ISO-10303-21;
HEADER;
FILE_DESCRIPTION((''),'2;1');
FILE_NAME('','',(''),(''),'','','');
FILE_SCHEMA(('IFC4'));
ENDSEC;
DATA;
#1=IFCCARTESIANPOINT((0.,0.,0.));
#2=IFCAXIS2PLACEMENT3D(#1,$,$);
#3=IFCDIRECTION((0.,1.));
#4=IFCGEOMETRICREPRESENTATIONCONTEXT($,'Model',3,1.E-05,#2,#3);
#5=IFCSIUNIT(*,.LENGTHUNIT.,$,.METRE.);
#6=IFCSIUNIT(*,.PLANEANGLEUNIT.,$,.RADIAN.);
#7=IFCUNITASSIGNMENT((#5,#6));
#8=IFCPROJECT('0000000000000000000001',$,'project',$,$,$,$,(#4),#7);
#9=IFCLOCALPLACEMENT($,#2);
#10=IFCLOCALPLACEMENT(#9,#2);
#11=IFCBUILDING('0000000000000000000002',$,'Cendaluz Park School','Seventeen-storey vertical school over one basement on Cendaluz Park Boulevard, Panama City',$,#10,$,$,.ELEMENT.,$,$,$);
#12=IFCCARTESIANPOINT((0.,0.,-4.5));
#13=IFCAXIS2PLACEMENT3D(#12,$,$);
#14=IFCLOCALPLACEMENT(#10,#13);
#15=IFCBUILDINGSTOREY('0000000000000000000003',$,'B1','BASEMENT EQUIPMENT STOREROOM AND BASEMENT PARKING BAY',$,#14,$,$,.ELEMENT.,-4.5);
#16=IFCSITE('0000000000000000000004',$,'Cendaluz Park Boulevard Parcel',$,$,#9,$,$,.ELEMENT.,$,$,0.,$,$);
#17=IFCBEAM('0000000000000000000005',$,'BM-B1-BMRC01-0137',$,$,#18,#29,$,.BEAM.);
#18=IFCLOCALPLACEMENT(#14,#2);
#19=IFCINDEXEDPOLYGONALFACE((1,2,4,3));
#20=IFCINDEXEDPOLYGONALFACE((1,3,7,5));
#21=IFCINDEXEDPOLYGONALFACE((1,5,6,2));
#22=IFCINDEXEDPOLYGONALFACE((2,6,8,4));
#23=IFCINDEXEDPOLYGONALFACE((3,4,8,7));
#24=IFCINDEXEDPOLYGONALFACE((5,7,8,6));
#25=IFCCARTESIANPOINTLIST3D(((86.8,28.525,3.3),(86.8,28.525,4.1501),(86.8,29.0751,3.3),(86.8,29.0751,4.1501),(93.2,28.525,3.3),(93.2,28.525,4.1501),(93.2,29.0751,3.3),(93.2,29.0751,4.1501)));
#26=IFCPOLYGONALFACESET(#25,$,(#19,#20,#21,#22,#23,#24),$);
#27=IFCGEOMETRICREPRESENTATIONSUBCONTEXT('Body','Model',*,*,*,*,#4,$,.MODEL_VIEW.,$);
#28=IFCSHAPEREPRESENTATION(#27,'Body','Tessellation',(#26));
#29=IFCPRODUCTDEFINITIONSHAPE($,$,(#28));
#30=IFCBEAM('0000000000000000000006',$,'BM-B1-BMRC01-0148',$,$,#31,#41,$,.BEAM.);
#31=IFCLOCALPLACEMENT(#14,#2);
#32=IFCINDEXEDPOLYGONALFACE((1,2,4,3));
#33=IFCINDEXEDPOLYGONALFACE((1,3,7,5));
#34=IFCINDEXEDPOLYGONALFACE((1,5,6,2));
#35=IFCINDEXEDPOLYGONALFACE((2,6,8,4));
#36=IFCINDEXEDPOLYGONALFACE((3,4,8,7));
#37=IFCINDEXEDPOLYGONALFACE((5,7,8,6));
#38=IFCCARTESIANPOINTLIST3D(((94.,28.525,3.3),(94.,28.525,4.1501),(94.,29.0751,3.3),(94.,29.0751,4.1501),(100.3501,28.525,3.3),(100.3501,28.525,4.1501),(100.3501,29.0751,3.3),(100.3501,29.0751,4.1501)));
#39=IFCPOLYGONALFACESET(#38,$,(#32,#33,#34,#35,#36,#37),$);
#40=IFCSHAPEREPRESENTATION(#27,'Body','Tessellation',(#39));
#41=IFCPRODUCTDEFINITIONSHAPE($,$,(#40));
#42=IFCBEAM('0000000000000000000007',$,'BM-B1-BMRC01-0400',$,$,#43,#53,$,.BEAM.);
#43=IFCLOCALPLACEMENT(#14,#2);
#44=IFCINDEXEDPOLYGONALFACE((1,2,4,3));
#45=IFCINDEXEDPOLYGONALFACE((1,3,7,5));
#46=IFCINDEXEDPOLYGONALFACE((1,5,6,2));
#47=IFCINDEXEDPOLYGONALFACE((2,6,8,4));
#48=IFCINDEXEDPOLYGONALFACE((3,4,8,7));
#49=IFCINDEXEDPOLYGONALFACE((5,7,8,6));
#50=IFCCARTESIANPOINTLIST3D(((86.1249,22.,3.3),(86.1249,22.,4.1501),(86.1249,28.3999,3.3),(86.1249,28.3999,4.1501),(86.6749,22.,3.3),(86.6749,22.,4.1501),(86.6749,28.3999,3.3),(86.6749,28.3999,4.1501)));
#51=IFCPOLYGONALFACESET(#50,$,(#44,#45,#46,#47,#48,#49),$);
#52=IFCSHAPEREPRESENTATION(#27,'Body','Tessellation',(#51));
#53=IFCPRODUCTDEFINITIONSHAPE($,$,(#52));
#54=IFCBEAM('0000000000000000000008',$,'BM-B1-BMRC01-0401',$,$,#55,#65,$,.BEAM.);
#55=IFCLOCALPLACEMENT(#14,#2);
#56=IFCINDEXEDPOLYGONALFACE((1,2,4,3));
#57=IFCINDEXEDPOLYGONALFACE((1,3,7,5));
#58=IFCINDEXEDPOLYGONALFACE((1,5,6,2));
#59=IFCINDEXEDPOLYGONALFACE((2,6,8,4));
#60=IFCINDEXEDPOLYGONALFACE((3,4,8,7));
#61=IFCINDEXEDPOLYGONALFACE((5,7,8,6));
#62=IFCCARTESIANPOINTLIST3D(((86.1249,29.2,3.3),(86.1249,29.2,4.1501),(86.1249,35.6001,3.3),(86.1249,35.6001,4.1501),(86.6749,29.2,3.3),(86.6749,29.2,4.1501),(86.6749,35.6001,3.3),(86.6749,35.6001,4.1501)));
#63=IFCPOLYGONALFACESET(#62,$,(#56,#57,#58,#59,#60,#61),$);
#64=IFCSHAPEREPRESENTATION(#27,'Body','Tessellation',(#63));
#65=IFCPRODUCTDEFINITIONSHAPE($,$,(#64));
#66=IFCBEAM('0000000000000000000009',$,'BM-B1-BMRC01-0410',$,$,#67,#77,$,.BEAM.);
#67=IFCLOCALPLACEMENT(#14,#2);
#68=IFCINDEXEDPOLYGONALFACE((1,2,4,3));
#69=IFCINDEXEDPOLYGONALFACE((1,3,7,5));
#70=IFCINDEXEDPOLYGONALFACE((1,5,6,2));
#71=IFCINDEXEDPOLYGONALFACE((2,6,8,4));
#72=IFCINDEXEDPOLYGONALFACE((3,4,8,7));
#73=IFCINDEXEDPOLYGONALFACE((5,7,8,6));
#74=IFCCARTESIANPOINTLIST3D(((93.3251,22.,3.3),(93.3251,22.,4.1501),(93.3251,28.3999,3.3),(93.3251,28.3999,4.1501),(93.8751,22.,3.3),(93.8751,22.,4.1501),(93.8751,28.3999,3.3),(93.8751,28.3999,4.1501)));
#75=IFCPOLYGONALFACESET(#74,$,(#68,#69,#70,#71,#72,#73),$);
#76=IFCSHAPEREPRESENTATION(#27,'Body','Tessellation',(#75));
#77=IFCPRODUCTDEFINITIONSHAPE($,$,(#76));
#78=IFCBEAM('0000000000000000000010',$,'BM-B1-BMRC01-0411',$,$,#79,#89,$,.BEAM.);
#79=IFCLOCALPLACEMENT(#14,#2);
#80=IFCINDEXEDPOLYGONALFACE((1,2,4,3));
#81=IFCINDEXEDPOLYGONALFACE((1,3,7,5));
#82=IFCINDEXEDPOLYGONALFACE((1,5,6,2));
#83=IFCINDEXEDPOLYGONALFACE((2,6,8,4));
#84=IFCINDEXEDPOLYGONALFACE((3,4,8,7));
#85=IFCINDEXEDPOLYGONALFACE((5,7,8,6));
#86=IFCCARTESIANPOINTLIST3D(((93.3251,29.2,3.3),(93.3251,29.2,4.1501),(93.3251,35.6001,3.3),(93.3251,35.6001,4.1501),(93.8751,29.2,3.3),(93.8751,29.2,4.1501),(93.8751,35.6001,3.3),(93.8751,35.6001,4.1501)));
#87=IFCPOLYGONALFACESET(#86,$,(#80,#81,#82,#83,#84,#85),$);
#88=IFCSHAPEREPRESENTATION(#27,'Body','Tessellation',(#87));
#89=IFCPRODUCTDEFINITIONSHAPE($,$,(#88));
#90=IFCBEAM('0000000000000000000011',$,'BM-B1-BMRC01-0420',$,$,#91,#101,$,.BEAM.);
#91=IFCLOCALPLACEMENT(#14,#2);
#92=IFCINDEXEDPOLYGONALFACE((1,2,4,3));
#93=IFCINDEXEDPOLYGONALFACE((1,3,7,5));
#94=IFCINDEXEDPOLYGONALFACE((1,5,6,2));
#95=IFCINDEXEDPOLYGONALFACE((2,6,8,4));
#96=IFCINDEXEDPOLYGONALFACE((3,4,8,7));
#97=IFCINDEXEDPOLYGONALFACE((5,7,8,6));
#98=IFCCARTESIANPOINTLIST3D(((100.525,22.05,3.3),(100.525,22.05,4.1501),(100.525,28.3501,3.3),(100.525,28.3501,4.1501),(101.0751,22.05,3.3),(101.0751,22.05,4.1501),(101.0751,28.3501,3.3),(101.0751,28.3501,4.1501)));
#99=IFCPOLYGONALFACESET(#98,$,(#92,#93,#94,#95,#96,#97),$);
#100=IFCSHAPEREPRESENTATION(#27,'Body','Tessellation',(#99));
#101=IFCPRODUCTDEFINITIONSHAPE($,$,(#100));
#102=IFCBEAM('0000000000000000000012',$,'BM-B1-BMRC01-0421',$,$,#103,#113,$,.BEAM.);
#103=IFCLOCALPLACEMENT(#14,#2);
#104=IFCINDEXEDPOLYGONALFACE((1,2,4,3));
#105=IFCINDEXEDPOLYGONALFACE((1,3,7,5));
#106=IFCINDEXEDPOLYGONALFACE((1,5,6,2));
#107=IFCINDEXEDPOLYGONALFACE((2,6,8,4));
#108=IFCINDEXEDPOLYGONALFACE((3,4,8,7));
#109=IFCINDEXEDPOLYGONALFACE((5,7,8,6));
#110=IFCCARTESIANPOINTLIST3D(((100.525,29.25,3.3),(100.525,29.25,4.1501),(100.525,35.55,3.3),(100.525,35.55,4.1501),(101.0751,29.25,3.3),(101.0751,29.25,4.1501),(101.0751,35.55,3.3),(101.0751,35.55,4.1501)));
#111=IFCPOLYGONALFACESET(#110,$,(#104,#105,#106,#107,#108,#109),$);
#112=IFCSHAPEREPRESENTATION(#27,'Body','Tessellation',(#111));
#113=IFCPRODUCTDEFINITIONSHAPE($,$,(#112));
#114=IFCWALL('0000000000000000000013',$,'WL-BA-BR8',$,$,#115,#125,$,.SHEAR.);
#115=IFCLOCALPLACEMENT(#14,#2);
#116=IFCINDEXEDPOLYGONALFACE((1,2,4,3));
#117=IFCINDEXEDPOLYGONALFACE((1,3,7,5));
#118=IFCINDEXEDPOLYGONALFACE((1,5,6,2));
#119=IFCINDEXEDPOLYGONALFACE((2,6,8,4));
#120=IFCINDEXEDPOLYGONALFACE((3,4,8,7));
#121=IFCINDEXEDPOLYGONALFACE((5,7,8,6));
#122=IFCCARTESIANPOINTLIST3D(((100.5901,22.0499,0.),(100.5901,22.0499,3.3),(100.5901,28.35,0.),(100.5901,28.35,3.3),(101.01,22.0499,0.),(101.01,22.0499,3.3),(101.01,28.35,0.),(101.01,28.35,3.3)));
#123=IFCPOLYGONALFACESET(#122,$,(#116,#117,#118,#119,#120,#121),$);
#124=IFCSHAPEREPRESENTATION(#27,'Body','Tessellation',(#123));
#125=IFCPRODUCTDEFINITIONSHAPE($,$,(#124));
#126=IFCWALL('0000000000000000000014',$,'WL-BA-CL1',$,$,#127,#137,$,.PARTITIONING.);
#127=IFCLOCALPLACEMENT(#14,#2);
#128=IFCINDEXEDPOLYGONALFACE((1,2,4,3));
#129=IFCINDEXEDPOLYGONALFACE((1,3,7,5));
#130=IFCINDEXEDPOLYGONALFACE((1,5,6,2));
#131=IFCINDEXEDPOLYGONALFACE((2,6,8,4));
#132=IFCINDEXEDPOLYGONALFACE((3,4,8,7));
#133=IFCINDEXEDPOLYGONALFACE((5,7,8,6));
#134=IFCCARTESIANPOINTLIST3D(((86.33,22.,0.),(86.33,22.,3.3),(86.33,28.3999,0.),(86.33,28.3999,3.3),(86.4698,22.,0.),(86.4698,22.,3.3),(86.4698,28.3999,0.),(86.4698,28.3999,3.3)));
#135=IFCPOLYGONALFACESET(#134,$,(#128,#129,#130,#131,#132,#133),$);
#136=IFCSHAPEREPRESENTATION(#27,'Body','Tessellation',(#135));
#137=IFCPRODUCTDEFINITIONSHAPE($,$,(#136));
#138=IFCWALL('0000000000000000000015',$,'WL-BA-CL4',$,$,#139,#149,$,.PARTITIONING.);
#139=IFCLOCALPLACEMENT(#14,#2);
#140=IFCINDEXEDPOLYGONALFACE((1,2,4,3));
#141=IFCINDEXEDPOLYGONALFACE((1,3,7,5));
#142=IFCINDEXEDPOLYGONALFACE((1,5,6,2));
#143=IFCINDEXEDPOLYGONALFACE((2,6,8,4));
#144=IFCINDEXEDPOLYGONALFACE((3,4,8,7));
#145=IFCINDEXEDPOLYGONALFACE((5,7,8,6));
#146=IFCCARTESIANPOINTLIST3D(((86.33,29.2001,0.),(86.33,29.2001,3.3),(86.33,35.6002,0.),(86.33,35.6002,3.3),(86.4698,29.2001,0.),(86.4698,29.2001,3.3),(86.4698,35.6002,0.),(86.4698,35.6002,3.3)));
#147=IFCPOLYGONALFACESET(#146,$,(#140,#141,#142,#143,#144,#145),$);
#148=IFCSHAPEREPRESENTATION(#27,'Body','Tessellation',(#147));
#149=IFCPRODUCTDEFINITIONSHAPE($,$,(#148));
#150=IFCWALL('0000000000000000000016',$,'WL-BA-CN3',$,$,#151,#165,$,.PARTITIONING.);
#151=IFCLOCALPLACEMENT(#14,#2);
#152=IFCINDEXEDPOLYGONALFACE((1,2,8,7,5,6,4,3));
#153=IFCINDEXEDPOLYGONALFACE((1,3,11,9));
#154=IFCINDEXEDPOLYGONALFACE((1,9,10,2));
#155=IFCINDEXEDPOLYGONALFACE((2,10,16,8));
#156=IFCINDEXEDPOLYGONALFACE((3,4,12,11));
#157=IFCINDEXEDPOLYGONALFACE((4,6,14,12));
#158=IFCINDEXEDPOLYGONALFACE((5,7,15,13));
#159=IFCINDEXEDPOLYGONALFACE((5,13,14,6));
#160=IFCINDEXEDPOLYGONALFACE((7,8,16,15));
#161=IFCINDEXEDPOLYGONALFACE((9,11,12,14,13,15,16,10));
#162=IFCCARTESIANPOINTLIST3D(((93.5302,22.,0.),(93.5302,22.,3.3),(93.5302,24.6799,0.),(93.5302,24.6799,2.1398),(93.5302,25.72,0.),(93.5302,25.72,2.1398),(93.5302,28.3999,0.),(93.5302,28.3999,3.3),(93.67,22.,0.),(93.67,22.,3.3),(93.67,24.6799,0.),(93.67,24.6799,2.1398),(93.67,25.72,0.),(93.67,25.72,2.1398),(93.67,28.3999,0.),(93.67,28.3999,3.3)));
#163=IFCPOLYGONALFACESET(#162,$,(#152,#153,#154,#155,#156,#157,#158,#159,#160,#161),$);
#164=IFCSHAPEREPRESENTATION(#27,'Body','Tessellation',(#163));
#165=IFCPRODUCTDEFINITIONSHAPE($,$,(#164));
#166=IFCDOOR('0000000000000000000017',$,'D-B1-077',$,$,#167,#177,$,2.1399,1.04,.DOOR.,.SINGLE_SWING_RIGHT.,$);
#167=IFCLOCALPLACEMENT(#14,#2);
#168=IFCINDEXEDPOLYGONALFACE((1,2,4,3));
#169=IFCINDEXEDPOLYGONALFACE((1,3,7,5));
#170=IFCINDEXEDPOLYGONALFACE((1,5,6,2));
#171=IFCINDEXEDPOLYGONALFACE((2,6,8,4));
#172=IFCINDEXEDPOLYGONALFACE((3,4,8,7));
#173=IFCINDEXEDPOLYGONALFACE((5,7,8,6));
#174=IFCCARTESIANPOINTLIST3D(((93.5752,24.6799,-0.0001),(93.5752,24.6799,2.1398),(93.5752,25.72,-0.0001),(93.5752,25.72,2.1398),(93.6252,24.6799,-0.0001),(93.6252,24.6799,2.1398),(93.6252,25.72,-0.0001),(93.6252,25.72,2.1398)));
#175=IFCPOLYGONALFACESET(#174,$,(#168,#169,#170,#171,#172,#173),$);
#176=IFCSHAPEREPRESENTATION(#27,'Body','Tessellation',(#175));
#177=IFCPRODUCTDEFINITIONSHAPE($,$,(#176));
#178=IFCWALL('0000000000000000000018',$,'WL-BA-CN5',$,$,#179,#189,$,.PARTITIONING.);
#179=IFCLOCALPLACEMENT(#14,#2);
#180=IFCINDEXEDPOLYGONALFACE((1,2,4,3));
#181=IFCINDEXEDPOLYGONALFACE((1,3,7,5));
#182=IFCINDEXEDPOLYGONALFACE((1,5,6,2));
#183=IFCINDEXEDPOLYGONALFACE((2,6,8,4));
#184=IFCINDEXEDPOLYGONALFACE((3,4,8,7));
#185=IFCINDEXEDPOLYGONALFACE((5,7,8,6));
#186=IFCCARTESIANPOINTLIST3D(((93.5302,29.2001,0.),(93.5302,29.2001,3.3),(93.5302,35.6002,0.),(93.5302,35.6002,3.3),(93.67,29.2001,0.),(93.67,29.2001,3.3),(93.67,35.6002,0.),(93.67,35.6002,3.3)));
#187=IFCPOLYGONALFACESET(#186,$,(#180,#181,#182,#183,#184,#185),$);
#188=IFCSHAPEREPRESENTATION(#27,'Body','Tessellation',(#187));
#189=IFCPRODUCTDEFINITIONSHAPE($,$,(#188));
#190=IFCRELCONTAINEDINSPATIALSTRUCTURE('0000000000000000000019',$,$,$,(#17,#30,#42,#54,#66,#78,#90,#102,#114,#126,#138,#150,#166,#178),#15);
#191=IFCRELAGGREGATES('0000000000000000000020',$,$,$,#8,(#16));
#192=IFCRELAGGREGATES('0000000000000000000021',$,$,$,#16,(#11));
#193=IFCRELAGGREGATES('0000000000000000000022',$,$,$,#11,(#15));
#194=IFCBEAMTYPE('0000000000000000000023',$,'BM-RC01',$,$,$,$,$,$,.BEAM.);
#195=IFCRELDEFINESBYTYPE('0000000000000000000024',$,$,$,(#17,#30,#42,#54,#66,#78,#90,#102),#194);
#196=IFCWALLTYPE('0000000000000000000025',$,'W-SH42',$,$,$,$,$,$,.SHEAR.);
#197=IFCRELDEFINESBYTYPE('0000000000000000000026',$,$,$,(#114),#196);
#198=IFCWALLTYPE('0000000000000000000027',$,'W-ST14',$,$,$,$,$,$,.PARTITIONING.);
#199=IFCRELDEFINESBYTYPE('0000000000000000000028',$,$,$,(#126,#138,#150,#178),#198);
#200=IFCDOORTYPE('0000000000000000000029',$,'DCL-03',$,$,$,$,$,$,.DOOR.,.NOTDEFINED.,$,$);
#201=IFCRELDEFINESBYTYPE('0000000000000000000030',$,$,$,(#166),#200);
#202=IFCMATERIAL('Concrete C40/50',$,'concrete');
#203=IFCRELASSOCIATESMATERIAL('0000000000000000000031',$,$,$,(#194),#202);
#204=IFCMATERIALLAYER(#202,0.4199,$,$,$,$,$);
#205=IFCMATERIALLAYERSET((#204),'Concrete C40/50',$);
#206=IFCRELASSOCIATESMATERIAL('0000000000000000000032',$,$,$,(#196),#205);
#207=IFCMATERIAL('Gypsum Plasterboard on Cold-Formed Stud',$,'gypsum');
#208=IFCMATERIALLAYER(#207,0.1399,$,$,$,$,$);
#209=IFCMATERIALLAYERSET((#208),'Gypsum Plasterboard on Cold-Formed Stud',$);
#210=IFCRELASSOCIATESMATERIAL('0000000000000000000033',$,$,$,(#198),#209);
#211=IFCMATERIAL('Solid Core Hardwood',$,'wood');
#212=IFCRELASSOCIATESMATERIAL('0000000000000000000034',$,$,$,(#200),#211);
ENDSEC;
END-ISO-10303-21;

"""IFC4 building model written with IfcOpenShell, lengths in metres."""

from ifc_helpers import new_model, si_unit, direction, frame, frame_2d, origin, origin_2d, place, context, subcontext, project, spatial, rectangle, extrude, material, layer, layer_set, material_profile, profile_set, type_object, element, fill, save


model = new_model("IFC4")

# Units and contexts
model_context = context("Model", 3, precision=1e-05, world=origin(), true_north=direction((0.0, 1.0)))
body_context = subcontext(model_context, "Body", "Model", "MODEL_VIEW")
ifc_project = project(units=[si_unit("LENGTHUNIT", "METRE"), si_unit("PLANEANGLEUNIT", "RADIAN")], contexts=[model_context])

# Site, building, storey
site_placement = place(None, origin())
site = spatial("IfcSite", under=ifc_project, at=site_placement, Name="Cendaluz Park Boulevard Parcel", CompositionType="ELEMENT", RefElevation=0.0)
building_placement = place(site_placement, origin())
building = spatial("IfcBuilding", under=site, at=building_placement, Name="Cendaluz Park School", Description="Seventeen-storey vertical school over one basement on Cendaluz Park Boulevard, Panama City", CompositionType="ELEMENT")
storey_placement = place(building_placement, frame((0.0, 0.0, -4.5)))
storey = spatial("IfcBuildingStorey", under=building, at=storey_placement, Name="B1", Description="BASEMENT EQUIPMENT STOREROOM AND BASEMENT PARKING BAY", CompositionType="ELEMENT", Elevation=-4.5)

# Shared definitions
ifc_material_1 = material(Name="Concrete C40/50", Category="concrete")

# Beams
ifc_material_profile_1 = material_profile(ifc_material_1, rectangle(XDim=0.55, YDim=0.8501, at=origin_2d()), Name="RC 550x850", Category="concrete")
ifc_profile_set_1 = profile_set([ifc_material_profile_1], Name="Concrete C40/50")
beam_type = type_object("IfcBeamType", Name="BM-RC01", PredefinedType="BEAM", material=ifc_profile_set_1)
beam_1_placement = place(storey_placement, frame((86.8, 28.8, 3.7251), z_axis=(1.0, 0.0, 0.0), x_axis=(0.0, 1.0, 0.0)))
element("IfcBeam", 1, at=beam_1_placement, inside=storey, type_object=beam_type, Name="BM-B1-BMRC01-0137", PredefinedType="BEAM", context=body_context, shape_type="SweptSolid", body=[
    extrude(rectangle(XDim=0.55, YDim=0.8501, at=origin_2d()), origin(), (0.0, 0.0, 1.0), 6.3999),
])
beam_2_placement = place(storey_placement, frame((94.0, 28.8, 3.7251), z_axis=(1.0, 0.0, 0.0), x_axis=(0.0, 1.0, 0.0)))
element("IfcBeam", 2, at=beam_2_placement, inside=storey, type_object=beam_type, Name="BM-B1-BMRC01-0148", PredefinedType="BEAM", context=body_context, shape_type="SweptSolid", body=[
    extrude(rectangle(XDim=0.55, YDim=0.8501, at=origin_2d()), origin(), (0.0, 0.0, 1.0), 6.3501),
])
beam_3_placement = place(storey_placement, frame((86.3999, 22.0, 3.7251), z_axis=(0.0, 1.0, 0.0), x_axis=(-1.0, 0.0, 0.0)))
element("IfcBeam", 3, at=beam_3_placement, inside=storey, type_object=beam_type, Name="BM-B1-BMRC01-0400", PredefinedType="BEAM", context=body_context, shape_type="SweptSolid", body=[
    extrude(rectangle(XDim=0.55, YDim=0.8501, at=origin_2d()), origin(), (0.0, 0.0, 1.0), 6.3999),
])
beam_4_placement = place(storey_placement, frame((86.3999, 29.2, 3.7251), z_axis=(0.0, 1.0, 0.0), x_axis=(-1.0, 0.0, 0.0)))
element("IfcBeam", 4, at=beam_4_placement, inside=storey, type_object=beam_type, Name="BM-B1-BMRC01-0401", PredefinedType="BEAM", context=body_context, shape_type="SweptSolid", body=[
    extrude(rectangle(XDim=0.55, YDim=0.8501, at=origin_2d()), origin(), (0.0, 0.0, 1.0), 6.4001),
])
beam_5_placement = place(storey_placement, frame((93.6001, 22.0, 3.7251), z_axis=(0.0, 1.0, 0.0), x_axis=(-1.0, 0.0, 0.0)))
element("IfcBeam", 5, at=beam_5_placement, inside=storey, type_object=beam_type, Name="BM-B1-BMRC01-0410", PredefinedType="BEAM", context=body_context, shape_type="SweptSolid", body=[
    extrude(rectangle(XDim=0.55, YDim=0.8501, at=origin_2d()), origin(), (0.0, 0.0, 1.0), 6.3999),
])
beam_6_placement = place(storey_placement, frame((93.6001, 29.2, 3.7251), z_axis=(0.0, 1.0, 0.0), x_axis=(-1.0, 0.0, 0.0)))
element("IfcBeam", 6, at=beam_6_placement, inside=storey, type_object=beam_type, Name="BM-B1-BMRC01-0411", PredefinedType="BEAM", context=body_context, shape_type="SweptSolid", body=[
    extrude(rectangle(XDim=0.55, YDim=0.8501, at=origin_2d()), origin(), (0.0, 0.0, 1.0), 6.4001),
])
for number, where, z_axis, x_axis, name in (
    (7, (100.8, 22.05, 3.7251), (0.0, 1.0, 0.0), (-1.0, 0.0, 0.0), "BM-B1-BMRC01-0420"),
    (8, (100.8, 29.25, 3.7251), (0.0, 1.0, 0.0), (-1.0, 0.0, 0.0), "BM-B1-BMRC01-0421"),
):
    element("IfcBeam", number, at=place(storey_placement, frame(where, z_axis=z_axis, x_axis=x_axis)), inside=storey, type_object=beam_type, Name=name, PredefinedType="BEAM", context=body_context, shape_type="SweptSolid", body=[
        extrude(rectangle(XDim=0.55, YDim=0.8501, at=origin_2d()), origin(), (0.0, 0.0, 1.0), 6.3),
    ])

# Walls
ifc_layer_1 = layer(ifc_material_1, 0.4199)
ifc_layer_set_1 = layer_set([ifc_layer_1], Name="Concrete C40/50")
wall_type_1 = type_object("IfcWallType", Name="W-SH42", PredefinedType="SHEAR", material=ifc_layer_set_1)
wall_1_placement = place(storey_placement, frame((100.8, 22.05, 0.0), z_axis=(0.0, 0.0, 1.0), x_axis=(0.0, 1.0, 0.0)))
element("IfcWall", 9, at=wall_1_placement, inside=storey, type_object=wall_type_1, Name="WL-BA-BR8", PredefinedType="SHEAR", context=body_context, shape_type="SweptSolid", body=[
    extrude(rectangle(XDim=6.3, YDim=0.4199, at=frame_2d((3.1499, 0.0))), origin(), (0.0, 0.0, 1.0), 3.3),
])
ifc_material_2 = material(Name="Gypsum Plasterboard on Cold-Formed Stud", Category="gypsum")
ifc_layer_2 = layer(ifc_material_2, 0.1399)
ifc_layer_set_2 = layer_set([ifc_layer_2], Name="Gypsum Plasterboard on Cold-Formed Stud")
wall_type_2 = type_object("IfcWallType", Name="W-ST14", PredefinedType="PARTITIONING", material=ifc_layer_set_2)
wall_2_placement = place(storey_placement, frame((86.3999, 22.0, 0.0), z_axis=(0.0, 0.0, 1.0), x_axis=(0.0, 1.0, 0.0)))
element("IfcWall", 10, at=wall_2_placement, inside=storey, type_object=wall_type_2, Name="WL-BA-CL1", PredefinedType="PARTITIONING", context=body_context, shape_type="SweptSolid", body=[
    extrude(rectangle(XDim=6.3999, YDim=0.1399, at=frame_2d((3.2, 0.0))), origin(), (0.0, 0.0, 1.0), 3.3),
])
wall_3_placement = place(storey_placement, frame((86.3999, 29.2, 0.0), z_axis=(0.0, 0.0, 1.0), x_axis=(0.0, 1.0, 0.0)))
element("IfcWall", 11, at=wall_3_placement, inside=storey, type_object=wall_type_2, Name="WL-BA-CL4", PredefinedType="PARTITIONING", context=body_context, shape_type="SweptSolid", body=[
    extrude(rectangle(XDim=6.4001, YDim=0.1399, at=frame_2d((3.2002, 0.0))), origin(), (0.0, 0.0, 1.0), 3.3),
])

# Wall, opening, door
wall_4_placement = place(storey_placement, frame((93.6001, 22.0, 0.0), z_axis=(0.0, 0.0, 1.0), x_axis=(0.0, 1.0, 0.0)))
wall_4 = element("IfcWall", 12, at=wall_4_placement, inside=storey, type_object=wall_type_2, Name="WL-BA-CN3", PredefinedType="PARTITIONING", context=body_context, shape_type="SweptSolid", body=[
    extrude(rectangle(XDim=6.3999, YDim=0.1399, at=frame_2d((3.2, 0.0))), origin(), (0.0, 0.0, 1.0), 3.3),
])
opening_1_placement = place(wall_4_placement, frame((2.6799, 0.0, 0.0)))
opening_1 = element("IfcOpeningElement", 13, at=opening_1_placement, cuts=wall_4, PredefinedType="OPENING", context=body_context, shape_type="SweptSolid", body=[
    extrude(rectangle(XDim=1.04, YDim=2.1399, at=frame_2d((0.52, 1.0698))), frame((0.0, 0.082, 0.0), z_axis=(0.0, -1.0, 0.0), x_axis=(1.0, 0.0, 0.0)), (0.0, 0.0, 1.0), 0.1638),
])
ifc_material_3 = material(Name="Solid Core Hardwood", Category="wood")
door_type_1 = type_object("IfcDoorType", Name="DCL-03", OperationType="NOTDEFINED", PredefinedType="DOOR", material=ifc_material_3)
door_1_placement = place(opening_1_placement, origin())
door_1 = element("IfcDoor", 14, at=door_1_placement, inside=storey, type_object=door_type_1, Name="D-B1-077", OperationType="SINGLE_SWING_RIGHT", OverallHeight=2.1399, OverallWidth=1.04, PredefinedType="DOOR", context=body_context, shape_type="SweptSolid", body=[
    extrude(rectangle(XDim=1.04, YDim=2.1399, at=frame_2d((0.52, 1.0698))), frame((0.0, 0.0249, 0.0), z_axis=(0.0, -1.0, 0.0), x_axis=(1.0, 0.0, 0.0)), (0.0, 0.0, 1.0), 0.05),
])
fill(opening_1, door_1)

# Wall
wall_5_placement = place(storey_placement, frame((93.6001, 29.2, 0.0), z_axis=(0.0, 0.0, 1.0), x_axis=(0.0, 1.0, 0.0)))
element("IfcWall", 15, at=wall_5_placement, inside=storey, type_object=wall_type_2, Name="WL-BA-CN5", PredefinedType="PARTITIONING", context=body_context, shape_type="SweptSolid", body=[
    extrude(rectangle(XDim=6.4001, YDim=0.1399, at=frame_2d((3.2002, 0.0))), origin(), (0.0, 0.0, 1.0), 3.3),
])

save(model, "model.ifc")
